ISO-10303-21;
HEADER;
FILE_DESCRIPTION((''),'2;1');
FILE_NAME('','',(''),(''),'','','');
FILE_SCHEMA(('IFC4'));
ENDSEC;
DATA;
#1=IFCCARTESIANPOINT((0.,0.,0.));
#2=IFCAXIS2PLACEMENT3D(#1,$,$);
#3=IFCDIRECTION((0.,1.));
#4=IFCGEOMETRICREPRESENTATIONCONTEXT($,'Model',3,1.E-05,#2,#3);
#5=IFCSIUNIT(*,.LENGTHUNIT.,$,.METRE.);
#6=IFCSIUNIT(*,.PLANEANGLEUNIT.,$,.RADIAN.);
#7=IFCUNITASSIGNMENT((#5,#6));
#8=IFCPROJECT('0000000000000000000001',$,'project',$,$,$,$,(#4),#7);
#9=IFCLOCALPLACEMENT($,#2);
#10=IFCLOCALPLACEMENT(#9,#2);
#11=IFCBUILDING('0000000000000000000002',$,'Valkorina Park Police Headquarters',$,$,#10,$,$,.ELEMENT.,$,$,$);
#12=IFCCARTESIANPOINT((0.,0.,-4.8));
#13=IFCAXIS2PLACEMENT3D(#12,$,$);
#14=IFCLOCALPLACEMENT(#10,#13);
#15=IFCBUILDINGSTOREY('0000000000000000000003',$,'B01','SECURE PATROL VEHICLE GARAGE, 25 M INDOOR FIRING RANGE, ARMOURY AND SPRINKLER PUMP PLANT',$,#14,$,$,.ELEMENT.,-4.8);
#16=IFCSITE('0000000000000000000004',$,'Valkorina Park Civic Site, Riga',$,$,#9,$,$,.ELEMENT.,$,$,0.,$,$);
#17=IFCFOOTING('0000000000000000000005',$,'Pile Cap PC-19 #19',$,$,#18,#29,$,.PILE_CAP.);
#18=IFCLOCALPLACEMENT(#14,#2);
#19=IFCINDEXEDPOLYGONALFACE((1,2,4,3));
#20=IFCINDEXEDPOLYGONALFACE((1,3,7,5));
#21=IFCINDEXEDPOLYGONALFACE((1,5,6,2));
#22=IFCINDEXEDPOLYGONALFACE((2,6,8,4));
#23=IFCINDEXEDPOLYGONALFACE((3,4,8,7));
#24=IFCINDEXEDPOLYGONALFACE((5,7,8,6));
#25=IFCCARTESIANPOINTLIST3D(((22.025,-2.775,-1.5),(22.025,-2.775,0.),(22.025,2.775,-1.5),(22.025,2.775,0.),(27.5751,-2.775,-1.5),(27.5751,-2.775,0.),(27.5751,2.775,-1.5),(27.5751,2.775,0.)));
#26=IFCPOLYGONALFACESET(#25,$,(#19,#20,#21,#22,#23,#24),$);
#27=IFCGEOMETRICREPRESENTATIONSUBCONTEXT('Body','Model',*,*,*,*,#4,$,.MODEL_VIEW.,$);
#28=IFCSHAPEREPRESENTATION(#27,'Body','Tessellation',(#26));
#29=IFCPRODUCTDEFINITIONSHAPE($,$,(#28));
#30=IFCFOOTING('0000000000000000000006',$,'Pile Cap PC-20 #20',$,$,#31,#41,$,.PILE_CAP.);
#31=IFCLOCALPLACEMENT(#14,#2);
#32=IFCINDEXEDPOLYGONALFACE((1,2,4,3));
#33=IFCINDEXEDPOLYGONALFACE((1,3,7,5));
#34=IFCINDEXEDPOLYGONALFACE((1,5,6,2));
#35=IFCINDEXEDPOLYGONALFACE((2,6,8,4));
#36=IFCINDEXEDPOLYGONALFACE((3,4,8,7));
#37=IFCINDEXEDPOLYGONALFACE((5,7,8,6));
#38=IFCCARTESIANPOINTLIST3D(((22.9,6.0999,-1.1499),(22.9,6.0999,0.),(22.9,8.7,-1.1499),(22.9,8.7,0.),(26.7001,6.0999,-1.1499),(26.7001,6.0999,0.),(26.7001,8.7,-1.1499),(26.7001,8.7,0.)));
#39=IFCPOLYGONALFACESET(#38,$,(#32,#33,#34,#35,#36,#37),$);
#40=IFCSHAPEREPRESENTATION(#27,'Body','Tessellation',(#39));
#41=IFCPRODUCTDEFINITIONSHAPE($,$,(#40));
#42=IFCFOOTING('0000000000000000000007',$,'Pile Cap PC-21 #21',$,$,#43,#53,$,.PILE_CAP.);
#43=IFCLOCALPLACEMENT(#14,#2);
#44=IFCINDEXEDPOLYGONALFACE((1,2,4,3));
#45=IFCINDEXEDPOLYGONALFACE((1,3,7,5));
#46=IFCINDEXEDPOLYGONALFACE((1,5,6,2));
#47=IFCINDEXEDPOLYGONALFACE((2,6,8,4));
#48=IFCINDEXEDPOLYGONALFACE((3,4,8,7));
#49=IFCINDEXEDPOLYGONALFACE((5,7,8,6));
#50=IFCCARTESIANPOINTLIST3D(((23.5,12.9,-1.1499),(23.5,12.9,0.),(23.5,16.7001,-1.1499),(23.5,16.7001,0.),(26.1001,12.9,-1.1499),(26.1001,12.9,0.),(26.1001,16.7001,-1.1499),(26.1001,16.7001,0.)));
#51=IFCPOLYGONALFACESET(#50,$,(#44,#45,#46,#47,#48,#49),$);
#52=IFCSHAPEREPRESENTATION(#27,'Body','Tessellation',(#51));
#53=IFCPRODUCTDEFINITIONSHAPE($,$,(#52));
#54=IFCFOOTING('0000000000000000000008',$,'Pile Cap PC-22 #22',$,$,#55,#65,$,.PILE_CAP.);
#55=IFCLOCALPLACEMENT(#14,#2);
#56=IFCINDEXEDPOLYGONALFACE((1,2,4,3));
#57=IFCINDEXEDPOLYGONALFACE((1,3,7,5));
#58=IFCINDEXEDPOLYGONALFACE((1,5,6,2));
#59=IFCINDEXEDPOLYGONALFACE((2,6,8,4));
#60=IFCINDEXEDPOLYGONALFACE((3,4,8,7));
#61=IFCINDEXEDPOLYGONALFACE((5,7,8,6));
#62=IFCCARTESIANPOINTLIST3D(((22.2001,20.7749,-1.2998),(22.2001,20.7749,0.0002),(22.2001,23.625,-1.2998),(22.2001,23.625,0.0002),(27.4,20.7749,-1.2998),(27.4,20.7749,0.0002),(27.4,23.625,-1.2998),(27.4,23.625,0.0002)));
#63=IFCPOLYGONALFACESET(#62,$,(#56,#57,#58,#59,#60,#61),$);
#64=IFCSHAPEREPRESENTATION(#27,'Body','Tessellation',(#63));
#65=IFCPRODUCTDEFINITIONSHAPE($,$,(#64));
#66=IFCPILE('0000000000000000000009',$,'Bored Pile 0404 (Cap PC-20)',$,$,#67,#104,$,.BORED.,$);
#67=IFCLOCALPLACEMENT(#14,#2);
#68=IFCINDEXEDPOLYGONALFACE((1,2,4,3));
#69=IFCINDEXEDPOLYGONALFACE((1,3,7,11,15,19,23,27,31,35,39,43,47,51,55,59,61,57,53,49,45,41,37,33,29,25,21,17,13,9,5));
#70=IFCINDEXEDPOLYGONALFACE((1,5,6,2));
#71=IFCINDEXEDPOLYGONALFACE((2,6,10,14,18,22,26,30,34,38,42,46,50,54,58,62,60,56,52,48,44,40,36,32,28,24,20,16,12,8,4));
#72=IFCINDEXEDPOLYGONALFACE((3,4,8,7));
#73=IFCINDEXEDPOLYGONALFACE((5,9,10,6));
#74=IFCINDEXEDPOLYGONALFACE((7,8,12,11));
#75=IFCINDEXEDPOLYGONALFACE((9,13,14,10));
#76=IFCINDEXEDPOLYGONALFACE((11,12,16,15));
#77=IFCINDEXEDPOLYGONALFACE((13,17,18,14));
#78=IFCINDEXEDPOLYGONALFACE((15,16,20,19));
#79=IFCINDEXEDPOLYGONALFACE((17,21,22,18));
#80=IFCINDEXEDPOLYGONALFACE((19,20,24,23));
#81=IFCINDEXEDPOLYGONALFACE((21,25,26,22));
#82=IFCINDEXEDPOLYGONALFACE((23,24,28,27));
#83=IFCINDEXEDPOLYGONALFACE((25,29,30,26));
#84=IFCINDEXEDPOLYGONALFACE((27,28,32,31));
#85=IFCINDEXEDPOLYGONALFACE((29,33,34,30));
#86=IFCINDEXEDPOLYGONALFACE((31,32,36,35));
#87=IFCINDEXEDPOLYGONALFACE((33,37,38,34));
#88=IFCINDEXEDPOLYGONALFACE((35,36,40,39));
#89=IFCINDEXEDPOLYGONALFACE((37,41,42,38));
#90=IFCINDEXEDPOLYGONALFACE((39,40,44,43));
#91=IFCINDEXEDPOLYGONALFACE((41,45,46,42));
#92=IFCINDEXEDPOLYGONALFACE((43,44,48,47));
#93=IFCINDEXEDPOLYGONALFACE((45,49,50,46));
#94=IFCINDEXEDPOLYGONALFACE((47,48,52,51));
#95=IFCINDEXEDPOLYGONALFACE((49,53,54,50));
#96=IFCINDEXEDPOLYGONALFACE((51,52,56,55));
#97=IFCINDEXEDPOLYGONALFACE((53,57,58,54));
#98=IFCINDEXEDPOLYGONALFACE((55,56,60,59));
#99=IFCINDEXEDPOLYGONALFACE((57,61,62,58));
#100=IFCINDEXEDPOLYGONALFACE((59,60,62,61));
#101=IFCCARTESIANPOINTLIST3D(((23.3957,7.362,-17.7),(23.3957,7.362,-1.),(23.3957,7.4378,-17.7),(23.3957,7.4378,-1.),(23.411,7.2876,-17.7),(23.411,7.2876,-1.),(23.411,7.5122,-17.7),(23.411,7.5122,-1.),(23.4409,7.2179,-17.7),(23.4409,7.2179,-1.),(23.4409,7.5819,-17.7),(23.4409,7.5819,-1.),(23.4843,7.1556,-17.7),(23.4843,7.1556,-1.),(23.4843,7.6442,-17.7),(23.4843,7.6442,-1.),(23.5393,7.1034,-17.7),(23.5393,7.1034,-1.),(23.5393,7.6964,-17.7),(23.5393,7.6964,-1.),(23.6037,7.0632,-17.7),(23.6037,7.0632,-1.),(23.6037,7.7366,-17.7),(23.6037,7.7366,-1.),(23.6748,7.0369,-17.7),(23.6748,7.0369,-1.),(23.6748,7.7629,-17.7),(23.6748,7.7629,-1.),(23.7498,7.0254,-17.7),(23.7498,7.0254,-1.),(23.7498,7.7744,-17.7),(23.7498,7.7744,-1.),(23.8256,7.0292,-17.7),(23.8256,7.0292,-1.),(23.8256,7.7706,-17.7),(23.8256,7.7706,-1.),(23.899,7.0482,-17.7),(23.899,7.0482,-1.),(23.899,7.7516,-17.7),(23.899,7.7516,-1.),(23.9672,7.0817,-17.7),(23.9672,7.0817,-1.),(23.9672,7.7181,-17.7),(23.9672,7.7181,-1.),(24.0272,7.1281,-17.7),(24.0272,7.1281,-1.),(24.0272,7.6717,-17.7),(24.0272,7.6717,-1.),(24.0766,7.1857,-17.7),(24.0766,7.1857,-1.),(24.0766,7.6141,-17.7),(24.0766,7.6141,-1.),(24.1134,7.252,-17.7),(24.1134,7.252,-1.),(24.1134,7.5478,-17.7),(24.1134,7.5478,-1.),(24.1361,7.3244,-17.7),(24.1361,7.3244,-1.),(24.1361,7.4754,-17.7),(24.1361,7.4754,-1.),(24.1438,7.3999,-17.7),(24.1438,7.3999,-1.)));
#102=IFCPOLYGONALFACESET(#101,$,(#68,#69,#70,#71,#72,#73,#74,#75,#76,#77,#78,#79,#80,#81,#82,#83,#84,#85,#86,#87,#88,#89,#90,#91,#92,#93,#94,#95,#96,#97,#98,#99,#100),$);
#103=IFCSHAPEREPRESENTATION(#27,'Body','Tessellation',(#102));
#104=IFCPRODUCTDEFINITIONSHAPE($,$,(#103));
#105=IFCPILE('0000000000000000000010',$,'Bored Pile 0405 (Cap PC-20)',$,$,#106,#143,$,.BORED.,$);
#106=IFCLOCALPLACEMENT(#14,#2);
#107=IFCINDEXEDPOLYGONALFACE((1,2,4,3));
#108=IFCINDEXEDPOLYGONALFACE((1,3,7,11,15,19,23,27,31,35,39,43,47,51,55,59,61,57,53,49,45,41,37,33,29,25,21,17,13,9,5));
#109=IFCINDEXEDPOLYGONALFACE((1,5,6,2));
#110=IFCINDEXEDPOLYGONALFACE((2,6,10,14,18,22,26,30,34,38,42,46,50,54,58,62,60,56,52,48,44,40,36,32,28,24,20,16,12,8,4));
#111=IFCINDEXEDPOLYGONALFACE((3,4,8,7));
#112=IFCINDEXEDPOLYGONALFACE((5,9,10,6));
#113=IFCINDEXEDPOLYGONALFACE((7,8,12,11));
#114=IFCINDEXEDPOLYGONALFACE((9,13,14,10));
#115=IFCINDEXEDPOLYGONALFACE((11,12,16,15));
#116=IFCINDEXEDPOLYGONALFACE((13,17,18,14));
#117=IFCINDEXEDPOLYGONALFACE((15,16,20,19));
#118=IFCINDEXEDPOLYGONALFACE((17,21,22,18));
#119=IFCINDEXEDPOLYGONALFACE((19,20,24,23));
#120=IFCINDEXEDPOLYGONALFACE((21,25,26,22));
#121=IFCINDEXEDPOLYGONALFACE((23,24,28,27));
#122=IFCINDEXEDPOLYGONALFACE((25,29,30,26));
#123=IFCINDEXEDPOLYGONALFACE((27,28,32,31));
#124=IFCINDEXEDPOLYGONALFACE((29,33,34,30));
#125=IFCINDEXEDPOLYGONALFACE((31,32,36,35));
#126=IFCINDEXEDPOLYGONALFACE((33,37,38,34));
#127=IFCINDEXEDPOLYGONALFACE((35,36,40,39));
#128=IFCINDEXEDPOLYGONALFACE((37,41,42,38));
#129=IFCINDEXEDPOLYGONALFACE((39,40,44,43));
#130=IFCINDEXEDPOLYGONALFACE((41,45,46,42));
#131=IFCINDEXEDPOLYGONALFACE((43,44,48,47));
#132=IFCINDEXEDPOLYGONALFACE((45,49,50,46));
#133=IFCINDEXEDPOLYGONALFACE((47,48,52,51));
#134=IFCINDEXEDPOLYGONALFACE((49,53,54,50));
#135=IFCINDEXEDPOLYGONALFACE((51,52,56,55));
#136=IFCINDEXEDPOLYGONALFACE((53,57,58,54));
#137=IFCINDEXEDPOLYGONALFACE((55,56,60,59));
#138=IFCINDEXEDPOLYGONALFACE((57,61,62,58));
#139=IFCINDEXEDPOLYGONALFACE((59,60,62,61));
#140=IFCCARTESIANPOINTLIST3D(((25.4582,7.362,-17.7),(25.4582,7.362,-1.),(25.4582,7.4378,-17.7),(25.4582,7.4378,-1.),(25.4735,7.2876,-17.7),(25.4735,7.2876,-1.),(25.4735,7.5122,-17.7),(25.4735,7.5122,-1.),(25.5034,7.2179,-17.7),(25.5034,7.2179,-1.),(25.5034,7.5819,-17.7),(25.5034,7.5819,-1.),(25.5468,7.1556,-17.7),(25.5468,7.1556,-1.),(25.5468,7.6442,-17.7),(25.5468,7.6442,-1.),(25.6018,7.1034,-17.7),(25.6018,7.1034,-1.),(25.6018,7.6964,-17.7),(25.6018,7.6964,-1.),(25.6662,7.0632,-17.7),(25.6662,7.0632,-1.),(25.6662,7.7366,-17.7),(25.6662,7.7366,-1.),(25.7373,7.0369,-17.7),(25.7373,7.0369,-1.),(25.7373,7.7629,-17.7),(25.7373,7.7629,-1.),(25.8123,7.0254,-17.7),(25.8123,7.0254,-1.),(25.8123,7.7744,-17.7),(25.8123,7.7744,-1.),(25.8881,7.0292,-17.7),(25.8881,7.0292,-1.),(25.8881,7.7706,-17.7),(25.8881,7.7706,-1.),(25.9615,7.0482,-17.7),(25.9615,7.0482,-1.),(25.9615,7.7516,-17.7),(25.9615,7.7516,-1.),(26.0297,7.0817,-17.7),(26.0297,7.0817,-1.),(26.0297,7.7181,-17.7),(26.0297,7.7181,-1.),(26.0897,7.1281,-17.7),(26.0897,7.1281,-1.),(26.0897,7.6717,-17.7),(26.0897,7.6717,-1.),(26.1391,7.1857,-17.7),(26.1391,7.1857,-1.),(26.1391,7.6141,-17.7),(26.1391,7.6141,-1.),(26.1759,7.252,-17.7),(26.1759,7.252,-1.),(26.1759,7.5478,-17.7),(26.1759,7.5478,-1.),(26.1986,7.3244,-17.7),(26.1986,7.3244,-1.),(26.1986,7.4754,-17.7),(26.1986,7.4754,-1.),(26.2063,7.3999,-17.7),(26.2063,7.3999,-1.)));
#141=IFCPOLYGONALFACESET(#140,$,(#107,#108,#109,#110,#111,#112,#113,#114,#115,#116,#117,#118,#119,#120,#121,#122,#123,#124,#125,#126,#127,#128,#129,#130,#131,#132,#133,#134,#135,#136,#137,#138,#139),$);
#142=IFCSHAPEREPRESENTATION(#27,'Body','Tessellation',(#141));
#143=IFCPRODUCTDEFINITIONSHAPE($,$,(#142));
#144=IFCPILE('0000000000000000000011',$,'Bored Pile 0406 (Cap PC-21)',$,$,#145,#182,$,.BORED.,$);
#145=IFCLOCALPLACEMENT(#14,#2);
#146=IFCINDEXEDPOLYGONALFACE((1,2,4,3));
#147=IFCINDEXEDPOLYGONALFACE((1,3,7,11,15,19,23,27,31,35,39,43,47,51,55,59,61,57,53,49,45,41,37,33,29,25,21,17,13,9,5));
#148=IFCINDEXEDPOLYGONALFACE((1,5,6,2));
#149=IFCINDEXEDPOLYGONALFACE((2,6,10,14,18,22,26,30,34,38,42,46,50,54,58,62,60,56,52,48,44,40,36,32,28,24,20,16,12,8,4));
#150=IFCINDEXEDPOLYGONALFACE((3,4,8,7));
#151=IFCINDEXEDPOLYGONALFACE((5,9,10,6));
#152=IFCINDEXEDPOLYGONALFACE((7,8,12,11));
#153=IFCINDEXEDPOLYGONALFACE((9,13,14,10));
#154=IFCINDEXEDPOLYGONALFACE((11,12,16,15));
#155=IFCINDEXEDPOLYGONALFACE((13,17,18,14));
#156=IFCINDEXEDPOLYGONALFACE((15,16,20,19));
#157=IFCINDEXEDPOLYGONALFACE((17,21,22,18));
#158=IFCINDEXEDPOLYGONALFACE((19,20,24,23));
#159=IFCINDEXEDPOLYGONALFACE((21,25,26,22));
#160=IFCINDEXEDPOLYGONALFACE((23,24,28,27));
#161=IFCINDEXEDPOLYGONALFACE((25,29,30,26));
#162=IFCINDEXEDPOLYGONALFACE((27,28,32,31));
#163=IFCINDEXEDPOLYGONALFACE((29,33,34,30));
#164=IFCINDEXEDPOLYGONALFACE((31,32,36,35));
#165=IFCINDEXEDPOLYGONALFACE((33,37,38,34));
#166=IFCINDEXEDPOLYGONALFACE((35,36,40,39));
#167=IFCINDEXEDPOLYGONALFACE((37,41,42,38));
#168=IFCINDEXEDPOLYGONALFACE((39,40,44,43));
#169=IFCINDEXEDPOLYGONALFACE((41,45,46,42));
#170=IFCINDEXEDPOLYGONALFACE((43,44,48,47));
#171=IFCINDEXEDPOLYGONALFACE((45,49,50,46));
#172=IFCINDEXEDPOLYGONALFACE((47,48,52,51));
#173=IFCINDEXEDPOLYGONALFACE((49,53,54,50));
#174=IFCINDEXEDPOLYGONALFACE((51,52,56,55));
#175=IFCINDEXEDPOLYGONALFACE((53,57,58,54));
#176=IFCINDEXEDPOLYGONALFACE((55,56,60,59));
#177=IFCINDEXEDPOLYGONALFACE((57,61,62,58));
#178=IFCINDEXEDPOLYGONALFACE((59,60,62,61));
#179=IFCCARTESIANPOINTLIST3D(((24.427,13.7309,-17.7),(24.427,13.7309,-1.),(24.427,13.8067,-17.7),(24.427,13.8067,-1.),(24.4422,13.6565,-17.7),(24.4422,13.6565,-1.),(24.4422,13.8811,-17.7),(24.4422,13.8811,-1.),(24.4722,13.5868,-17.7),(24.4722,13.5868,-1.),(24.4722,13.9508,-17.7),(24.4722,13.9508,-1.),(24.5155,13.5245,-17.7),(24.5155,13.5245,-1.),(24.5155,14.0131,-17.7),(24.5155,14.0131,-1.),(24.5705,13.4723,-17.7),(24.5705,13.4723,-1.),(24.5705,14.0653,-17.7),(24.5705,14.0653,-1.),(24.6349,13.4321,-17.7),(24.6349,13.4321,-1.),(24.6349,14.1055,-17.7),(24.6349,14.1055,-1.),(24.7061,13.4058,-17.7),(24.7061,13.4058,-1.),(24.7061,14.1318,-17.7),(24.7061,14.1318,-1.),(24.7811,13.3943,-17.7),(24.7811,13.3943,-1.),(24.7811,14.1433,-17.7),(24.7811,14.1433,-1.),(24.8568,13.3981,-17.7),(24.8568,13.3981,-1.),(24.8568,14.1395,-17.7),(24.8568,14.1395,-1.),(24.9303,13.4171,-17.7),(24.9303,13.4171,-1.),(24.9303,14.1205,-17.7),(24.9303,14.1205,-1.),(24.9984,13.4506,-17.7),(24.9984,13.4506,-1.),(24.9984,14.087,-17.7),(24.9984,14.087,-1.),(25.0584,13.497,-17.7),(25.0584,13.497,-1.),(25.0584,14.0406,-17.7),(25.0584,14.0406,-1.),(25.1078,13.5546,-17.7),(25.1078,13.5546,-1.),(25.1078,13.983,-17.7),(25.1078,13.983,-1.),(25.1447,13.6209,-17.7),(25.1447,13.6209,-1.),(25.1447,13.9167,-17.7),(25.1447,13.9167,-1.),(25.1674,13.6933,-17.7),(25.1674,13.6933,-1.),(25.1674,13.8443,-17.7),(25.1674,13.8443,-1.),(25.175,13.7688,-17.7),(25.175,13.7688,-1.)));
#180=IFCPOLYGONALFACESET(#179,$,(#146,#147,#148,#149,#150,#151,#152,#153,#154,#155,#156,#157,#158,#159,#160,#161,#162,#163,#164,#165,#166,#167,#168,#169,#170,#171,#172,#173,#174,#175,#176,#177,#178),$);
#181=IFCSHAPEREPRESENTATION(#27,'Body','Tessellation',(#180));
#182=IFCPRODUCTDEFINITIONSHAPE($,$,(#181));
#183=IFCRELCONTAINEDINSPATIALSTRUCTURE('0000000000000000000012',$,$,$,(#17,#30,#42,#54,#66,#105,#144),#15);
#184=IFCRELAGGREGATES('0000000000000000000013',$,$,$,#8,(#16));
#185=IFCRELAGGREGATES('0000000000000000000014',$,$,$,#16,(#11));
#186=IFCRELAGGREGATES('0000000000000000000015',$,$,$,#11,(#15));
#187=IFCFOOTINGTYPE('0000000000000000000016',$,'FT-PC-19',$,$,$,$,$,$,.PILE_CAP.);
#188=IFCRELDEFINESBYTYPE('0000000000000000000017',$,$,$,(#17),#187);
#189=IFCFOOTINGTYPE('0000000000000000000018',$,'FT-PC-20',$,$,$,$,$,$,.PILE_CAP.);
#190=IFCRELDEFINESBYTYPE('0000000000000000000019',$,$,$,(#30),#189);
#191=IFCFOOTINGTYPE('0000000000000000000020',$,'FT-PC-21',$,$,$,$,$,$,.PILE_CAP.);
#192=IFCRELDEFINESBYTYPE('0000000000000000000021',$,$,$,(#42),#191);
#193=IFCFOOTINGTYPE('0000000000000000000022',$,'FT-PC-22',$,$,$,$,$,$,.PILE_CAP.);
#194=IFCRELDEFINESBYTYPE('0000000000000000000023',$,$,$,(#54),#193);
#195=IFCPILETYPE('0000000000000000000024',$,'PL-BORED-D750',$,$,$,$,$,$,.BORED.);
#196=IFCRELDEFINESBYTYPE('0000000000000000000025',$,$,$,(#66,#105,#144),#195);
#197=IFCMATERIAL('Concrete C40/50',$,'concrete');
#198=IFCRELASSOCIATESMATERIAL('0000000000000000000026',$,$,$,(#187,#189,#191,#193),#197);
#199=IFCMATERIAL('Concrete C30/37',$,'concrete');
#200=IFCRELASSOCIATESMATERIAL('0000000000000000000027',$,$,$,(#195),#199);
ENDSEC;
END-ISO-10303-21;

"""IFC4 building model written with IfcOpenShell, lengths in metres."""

from ifc_helpers import new_model, si_unit, direction, frame, origin, origin_2d, place, context, subcontext, project, spatial, rectangle, circle, extrude, material, material_profile, profile_set, type_object, element, save


model = new_model("IFC4")

# Units and contexts
model_context = context("Model", 3, precision=1e-05, world=origin(), true_north=direction((0.0, 1.0)))
body_context = subcontext(model_context, "Body", "Model", "MODEL_VIEW")
ifc_project = project(units=[si_unit("LENGTHUNIT", "METRE"), si_unit("PLANEANGLEUNIT", "RADIAN")], contexts=[model_context])

# Site, building, storey
site_placement = place(None, origin())
site = spatial("IfcSite", under=ifc_project, at=site_placement, Name="Valkorina Park Civic Site, Riga", CompositionType="ELEMENT", RefElevation=0.0)
building_placement = place(site_placement, origin())
building = spatial("IfcBuilding", under=site, at=building_placement, Name="Valkorina Park Police Headquarters", CompositionType="ELEMENT")
storey_placement = place(building_placement, frame((0.0, 0.0, -4.8)))
storey = spatial("IfcBuildingStorey", under=building, at=storey_placement, Name="B01", Description="SECURE PATROL VEHICLE GARAGE, 25 M INDOOR FIRING RANGE, ARMOURY AND SPRINKLER PUMP PLANT", CompositionType="ELEMENT", Elevation=-4.8)

# Footings
ifc_material_1 = material(Name="Concrete C40/50", Category="concrete")
footing_type_1 = type_object("IfcFootingType", Name="FT-PC-19", PredefinedType="PILE_CAP", material=ifc_material_1)
footing_1_placement = place(storey_placement, frame((24.8, 0.0, -1.5), z_axis=(0.0, 0.0, 1.0), x_axis=(1.0, 0.0, 0.0)))
element("IfcFooting", 1, at=footing_1_placement, inside=storey, type_object=footing_type_1, Name="Pile Cap PC-19 #19", PredefinedType="PILE_CAP", context=body_context, shape_type="SweptSolid", body=[
    extrude(rectangle(XDim=5.55, YDim=5.55, at=origin_2d()), origin(), (0.0, 0.0, 1.0), 1.5),
])
footing_type_2 = type_object("IfcFootingType", Name="FT-PC-20", PredefinedType="PILE_CAP", material=ifc_material_1)
footing_2_placement = place(storey_placement, frame((24.8, 7.3999, -1.1499), z_axis=(0.0, 0.0, 1.0), x_axis=(1.0, 0.0, 0.0)))
element("IfcFooting", 2, at=footing_2_placement, inside=storey, type_object=footing_type_2, Name="Pile Cap PC-20 #20", PredefinedType="PILE_CAP", context=body_context, shape_type="SweptSolid", body=[
    extrude(rectangle(XDim=3.8, YDim=2.6001, at=origin_2d()), origin(), (0.0, 0.0, 1.0), 1.1499),
])
footing_type_3 = type_object("IfcFootingType", Name="FT-PC-21", PredefinedType="PILE_CAP", material=ifc_material_1)
footing_3_placement = place(storey_placement, frame((24.8, 14.8, -1.1499), z_axis=(0.0, 0.0, 1.0), x_axis=(1.0, 0.0, 0.0)))
element("IfcFooting", 3, at=footing_3_placement, inside=storey, type_object=footing_type_3, Name="Pile Cap PC-21 #21", PredefinedType="PILE_CAP", context=body_context, shape_type="SweptSolid", body=[
    extrude(rectangle(XDim=2.6001, YDim=3.8, at=origin_2d()), origin(), (0.0, 0.0, 1.0), 1.1499),
])
footing_type_4 = type_object("IfcFootingType", Name="FT-PC-22", PredefinedType="PILE_CAP", material=ifc_material_1)
footing_4_placement = place(storey_placement, frame((24.8, 22.2, -1.2998), z_axis=(0.0, 0.0, 1.0), x_axis=(1.0, 0.0, 0.0)))
element("IfcFooting", 4, at=footing_4_placement, inside=storey, type_object=footing_type_4, Name="Pile Cap PC-22 #22", PredefinedType="PILE_CAP", context=body_context, shape_type="SweptSolid", body=[
    extrude(rectangle(XDim=5.2, YDim=2.8501, at=origin_2d()), origin(), (0.0, 0.0, 1.0), 1.3),
])

# Piles
ifc_material_2 = material(Name="Concrete C30/37", Category="concrete")
ifc_material_profile_1 = material_profile(ifc_material_2, circle(Radius=0.375, at=origin_2d()), Name="BORED PILE D750")
ifc_profile_set_1 = profile_set([ifc_material_profile_1], Name="Concrete C30/37")
pile_type_1 = type_object("IfcPileType", Name="PL-BORED-D750", PredefinedType="BORED", material=ifc_profile_set_1)
for number, where, z_axis, x_axis, name in (
    (5, (23.7688, 7.3999, -1.0), (0.0, 0.0, -1.0), (1.0, 0.0, 0.0), "Bored Pile 0404 (Cap PC-20)"),
    (6, (25.8313, 7.3999, -1.0), (0.0, 0.0, -1.0), (1.0, 0.0, 0.0), "Bored Pile 0405 (Cap PC-20)"),
    (7, (24.8, 13.7688, -1.0), (0.0, 0.0, -1.0), (1.0, 0.0, 0.0), "Bored Pile 0406 (Cap PC-21)"),
):
    element("IfcPile", number, at=place(storey_placement, frame(where, z_axis=z_axis, x_axis=x_axis)), inside=storey, type_object=pile_type_1, Name=name, PredefinedType="BORED", context=body_context, shape_type="SweptSolid", body=[
        extrude(circle(Radius=0.375, at=origin_2d()), origin(), (0.0, 0.0, 1.0), 16.7),
    ])

save(model, "model.ifc")
